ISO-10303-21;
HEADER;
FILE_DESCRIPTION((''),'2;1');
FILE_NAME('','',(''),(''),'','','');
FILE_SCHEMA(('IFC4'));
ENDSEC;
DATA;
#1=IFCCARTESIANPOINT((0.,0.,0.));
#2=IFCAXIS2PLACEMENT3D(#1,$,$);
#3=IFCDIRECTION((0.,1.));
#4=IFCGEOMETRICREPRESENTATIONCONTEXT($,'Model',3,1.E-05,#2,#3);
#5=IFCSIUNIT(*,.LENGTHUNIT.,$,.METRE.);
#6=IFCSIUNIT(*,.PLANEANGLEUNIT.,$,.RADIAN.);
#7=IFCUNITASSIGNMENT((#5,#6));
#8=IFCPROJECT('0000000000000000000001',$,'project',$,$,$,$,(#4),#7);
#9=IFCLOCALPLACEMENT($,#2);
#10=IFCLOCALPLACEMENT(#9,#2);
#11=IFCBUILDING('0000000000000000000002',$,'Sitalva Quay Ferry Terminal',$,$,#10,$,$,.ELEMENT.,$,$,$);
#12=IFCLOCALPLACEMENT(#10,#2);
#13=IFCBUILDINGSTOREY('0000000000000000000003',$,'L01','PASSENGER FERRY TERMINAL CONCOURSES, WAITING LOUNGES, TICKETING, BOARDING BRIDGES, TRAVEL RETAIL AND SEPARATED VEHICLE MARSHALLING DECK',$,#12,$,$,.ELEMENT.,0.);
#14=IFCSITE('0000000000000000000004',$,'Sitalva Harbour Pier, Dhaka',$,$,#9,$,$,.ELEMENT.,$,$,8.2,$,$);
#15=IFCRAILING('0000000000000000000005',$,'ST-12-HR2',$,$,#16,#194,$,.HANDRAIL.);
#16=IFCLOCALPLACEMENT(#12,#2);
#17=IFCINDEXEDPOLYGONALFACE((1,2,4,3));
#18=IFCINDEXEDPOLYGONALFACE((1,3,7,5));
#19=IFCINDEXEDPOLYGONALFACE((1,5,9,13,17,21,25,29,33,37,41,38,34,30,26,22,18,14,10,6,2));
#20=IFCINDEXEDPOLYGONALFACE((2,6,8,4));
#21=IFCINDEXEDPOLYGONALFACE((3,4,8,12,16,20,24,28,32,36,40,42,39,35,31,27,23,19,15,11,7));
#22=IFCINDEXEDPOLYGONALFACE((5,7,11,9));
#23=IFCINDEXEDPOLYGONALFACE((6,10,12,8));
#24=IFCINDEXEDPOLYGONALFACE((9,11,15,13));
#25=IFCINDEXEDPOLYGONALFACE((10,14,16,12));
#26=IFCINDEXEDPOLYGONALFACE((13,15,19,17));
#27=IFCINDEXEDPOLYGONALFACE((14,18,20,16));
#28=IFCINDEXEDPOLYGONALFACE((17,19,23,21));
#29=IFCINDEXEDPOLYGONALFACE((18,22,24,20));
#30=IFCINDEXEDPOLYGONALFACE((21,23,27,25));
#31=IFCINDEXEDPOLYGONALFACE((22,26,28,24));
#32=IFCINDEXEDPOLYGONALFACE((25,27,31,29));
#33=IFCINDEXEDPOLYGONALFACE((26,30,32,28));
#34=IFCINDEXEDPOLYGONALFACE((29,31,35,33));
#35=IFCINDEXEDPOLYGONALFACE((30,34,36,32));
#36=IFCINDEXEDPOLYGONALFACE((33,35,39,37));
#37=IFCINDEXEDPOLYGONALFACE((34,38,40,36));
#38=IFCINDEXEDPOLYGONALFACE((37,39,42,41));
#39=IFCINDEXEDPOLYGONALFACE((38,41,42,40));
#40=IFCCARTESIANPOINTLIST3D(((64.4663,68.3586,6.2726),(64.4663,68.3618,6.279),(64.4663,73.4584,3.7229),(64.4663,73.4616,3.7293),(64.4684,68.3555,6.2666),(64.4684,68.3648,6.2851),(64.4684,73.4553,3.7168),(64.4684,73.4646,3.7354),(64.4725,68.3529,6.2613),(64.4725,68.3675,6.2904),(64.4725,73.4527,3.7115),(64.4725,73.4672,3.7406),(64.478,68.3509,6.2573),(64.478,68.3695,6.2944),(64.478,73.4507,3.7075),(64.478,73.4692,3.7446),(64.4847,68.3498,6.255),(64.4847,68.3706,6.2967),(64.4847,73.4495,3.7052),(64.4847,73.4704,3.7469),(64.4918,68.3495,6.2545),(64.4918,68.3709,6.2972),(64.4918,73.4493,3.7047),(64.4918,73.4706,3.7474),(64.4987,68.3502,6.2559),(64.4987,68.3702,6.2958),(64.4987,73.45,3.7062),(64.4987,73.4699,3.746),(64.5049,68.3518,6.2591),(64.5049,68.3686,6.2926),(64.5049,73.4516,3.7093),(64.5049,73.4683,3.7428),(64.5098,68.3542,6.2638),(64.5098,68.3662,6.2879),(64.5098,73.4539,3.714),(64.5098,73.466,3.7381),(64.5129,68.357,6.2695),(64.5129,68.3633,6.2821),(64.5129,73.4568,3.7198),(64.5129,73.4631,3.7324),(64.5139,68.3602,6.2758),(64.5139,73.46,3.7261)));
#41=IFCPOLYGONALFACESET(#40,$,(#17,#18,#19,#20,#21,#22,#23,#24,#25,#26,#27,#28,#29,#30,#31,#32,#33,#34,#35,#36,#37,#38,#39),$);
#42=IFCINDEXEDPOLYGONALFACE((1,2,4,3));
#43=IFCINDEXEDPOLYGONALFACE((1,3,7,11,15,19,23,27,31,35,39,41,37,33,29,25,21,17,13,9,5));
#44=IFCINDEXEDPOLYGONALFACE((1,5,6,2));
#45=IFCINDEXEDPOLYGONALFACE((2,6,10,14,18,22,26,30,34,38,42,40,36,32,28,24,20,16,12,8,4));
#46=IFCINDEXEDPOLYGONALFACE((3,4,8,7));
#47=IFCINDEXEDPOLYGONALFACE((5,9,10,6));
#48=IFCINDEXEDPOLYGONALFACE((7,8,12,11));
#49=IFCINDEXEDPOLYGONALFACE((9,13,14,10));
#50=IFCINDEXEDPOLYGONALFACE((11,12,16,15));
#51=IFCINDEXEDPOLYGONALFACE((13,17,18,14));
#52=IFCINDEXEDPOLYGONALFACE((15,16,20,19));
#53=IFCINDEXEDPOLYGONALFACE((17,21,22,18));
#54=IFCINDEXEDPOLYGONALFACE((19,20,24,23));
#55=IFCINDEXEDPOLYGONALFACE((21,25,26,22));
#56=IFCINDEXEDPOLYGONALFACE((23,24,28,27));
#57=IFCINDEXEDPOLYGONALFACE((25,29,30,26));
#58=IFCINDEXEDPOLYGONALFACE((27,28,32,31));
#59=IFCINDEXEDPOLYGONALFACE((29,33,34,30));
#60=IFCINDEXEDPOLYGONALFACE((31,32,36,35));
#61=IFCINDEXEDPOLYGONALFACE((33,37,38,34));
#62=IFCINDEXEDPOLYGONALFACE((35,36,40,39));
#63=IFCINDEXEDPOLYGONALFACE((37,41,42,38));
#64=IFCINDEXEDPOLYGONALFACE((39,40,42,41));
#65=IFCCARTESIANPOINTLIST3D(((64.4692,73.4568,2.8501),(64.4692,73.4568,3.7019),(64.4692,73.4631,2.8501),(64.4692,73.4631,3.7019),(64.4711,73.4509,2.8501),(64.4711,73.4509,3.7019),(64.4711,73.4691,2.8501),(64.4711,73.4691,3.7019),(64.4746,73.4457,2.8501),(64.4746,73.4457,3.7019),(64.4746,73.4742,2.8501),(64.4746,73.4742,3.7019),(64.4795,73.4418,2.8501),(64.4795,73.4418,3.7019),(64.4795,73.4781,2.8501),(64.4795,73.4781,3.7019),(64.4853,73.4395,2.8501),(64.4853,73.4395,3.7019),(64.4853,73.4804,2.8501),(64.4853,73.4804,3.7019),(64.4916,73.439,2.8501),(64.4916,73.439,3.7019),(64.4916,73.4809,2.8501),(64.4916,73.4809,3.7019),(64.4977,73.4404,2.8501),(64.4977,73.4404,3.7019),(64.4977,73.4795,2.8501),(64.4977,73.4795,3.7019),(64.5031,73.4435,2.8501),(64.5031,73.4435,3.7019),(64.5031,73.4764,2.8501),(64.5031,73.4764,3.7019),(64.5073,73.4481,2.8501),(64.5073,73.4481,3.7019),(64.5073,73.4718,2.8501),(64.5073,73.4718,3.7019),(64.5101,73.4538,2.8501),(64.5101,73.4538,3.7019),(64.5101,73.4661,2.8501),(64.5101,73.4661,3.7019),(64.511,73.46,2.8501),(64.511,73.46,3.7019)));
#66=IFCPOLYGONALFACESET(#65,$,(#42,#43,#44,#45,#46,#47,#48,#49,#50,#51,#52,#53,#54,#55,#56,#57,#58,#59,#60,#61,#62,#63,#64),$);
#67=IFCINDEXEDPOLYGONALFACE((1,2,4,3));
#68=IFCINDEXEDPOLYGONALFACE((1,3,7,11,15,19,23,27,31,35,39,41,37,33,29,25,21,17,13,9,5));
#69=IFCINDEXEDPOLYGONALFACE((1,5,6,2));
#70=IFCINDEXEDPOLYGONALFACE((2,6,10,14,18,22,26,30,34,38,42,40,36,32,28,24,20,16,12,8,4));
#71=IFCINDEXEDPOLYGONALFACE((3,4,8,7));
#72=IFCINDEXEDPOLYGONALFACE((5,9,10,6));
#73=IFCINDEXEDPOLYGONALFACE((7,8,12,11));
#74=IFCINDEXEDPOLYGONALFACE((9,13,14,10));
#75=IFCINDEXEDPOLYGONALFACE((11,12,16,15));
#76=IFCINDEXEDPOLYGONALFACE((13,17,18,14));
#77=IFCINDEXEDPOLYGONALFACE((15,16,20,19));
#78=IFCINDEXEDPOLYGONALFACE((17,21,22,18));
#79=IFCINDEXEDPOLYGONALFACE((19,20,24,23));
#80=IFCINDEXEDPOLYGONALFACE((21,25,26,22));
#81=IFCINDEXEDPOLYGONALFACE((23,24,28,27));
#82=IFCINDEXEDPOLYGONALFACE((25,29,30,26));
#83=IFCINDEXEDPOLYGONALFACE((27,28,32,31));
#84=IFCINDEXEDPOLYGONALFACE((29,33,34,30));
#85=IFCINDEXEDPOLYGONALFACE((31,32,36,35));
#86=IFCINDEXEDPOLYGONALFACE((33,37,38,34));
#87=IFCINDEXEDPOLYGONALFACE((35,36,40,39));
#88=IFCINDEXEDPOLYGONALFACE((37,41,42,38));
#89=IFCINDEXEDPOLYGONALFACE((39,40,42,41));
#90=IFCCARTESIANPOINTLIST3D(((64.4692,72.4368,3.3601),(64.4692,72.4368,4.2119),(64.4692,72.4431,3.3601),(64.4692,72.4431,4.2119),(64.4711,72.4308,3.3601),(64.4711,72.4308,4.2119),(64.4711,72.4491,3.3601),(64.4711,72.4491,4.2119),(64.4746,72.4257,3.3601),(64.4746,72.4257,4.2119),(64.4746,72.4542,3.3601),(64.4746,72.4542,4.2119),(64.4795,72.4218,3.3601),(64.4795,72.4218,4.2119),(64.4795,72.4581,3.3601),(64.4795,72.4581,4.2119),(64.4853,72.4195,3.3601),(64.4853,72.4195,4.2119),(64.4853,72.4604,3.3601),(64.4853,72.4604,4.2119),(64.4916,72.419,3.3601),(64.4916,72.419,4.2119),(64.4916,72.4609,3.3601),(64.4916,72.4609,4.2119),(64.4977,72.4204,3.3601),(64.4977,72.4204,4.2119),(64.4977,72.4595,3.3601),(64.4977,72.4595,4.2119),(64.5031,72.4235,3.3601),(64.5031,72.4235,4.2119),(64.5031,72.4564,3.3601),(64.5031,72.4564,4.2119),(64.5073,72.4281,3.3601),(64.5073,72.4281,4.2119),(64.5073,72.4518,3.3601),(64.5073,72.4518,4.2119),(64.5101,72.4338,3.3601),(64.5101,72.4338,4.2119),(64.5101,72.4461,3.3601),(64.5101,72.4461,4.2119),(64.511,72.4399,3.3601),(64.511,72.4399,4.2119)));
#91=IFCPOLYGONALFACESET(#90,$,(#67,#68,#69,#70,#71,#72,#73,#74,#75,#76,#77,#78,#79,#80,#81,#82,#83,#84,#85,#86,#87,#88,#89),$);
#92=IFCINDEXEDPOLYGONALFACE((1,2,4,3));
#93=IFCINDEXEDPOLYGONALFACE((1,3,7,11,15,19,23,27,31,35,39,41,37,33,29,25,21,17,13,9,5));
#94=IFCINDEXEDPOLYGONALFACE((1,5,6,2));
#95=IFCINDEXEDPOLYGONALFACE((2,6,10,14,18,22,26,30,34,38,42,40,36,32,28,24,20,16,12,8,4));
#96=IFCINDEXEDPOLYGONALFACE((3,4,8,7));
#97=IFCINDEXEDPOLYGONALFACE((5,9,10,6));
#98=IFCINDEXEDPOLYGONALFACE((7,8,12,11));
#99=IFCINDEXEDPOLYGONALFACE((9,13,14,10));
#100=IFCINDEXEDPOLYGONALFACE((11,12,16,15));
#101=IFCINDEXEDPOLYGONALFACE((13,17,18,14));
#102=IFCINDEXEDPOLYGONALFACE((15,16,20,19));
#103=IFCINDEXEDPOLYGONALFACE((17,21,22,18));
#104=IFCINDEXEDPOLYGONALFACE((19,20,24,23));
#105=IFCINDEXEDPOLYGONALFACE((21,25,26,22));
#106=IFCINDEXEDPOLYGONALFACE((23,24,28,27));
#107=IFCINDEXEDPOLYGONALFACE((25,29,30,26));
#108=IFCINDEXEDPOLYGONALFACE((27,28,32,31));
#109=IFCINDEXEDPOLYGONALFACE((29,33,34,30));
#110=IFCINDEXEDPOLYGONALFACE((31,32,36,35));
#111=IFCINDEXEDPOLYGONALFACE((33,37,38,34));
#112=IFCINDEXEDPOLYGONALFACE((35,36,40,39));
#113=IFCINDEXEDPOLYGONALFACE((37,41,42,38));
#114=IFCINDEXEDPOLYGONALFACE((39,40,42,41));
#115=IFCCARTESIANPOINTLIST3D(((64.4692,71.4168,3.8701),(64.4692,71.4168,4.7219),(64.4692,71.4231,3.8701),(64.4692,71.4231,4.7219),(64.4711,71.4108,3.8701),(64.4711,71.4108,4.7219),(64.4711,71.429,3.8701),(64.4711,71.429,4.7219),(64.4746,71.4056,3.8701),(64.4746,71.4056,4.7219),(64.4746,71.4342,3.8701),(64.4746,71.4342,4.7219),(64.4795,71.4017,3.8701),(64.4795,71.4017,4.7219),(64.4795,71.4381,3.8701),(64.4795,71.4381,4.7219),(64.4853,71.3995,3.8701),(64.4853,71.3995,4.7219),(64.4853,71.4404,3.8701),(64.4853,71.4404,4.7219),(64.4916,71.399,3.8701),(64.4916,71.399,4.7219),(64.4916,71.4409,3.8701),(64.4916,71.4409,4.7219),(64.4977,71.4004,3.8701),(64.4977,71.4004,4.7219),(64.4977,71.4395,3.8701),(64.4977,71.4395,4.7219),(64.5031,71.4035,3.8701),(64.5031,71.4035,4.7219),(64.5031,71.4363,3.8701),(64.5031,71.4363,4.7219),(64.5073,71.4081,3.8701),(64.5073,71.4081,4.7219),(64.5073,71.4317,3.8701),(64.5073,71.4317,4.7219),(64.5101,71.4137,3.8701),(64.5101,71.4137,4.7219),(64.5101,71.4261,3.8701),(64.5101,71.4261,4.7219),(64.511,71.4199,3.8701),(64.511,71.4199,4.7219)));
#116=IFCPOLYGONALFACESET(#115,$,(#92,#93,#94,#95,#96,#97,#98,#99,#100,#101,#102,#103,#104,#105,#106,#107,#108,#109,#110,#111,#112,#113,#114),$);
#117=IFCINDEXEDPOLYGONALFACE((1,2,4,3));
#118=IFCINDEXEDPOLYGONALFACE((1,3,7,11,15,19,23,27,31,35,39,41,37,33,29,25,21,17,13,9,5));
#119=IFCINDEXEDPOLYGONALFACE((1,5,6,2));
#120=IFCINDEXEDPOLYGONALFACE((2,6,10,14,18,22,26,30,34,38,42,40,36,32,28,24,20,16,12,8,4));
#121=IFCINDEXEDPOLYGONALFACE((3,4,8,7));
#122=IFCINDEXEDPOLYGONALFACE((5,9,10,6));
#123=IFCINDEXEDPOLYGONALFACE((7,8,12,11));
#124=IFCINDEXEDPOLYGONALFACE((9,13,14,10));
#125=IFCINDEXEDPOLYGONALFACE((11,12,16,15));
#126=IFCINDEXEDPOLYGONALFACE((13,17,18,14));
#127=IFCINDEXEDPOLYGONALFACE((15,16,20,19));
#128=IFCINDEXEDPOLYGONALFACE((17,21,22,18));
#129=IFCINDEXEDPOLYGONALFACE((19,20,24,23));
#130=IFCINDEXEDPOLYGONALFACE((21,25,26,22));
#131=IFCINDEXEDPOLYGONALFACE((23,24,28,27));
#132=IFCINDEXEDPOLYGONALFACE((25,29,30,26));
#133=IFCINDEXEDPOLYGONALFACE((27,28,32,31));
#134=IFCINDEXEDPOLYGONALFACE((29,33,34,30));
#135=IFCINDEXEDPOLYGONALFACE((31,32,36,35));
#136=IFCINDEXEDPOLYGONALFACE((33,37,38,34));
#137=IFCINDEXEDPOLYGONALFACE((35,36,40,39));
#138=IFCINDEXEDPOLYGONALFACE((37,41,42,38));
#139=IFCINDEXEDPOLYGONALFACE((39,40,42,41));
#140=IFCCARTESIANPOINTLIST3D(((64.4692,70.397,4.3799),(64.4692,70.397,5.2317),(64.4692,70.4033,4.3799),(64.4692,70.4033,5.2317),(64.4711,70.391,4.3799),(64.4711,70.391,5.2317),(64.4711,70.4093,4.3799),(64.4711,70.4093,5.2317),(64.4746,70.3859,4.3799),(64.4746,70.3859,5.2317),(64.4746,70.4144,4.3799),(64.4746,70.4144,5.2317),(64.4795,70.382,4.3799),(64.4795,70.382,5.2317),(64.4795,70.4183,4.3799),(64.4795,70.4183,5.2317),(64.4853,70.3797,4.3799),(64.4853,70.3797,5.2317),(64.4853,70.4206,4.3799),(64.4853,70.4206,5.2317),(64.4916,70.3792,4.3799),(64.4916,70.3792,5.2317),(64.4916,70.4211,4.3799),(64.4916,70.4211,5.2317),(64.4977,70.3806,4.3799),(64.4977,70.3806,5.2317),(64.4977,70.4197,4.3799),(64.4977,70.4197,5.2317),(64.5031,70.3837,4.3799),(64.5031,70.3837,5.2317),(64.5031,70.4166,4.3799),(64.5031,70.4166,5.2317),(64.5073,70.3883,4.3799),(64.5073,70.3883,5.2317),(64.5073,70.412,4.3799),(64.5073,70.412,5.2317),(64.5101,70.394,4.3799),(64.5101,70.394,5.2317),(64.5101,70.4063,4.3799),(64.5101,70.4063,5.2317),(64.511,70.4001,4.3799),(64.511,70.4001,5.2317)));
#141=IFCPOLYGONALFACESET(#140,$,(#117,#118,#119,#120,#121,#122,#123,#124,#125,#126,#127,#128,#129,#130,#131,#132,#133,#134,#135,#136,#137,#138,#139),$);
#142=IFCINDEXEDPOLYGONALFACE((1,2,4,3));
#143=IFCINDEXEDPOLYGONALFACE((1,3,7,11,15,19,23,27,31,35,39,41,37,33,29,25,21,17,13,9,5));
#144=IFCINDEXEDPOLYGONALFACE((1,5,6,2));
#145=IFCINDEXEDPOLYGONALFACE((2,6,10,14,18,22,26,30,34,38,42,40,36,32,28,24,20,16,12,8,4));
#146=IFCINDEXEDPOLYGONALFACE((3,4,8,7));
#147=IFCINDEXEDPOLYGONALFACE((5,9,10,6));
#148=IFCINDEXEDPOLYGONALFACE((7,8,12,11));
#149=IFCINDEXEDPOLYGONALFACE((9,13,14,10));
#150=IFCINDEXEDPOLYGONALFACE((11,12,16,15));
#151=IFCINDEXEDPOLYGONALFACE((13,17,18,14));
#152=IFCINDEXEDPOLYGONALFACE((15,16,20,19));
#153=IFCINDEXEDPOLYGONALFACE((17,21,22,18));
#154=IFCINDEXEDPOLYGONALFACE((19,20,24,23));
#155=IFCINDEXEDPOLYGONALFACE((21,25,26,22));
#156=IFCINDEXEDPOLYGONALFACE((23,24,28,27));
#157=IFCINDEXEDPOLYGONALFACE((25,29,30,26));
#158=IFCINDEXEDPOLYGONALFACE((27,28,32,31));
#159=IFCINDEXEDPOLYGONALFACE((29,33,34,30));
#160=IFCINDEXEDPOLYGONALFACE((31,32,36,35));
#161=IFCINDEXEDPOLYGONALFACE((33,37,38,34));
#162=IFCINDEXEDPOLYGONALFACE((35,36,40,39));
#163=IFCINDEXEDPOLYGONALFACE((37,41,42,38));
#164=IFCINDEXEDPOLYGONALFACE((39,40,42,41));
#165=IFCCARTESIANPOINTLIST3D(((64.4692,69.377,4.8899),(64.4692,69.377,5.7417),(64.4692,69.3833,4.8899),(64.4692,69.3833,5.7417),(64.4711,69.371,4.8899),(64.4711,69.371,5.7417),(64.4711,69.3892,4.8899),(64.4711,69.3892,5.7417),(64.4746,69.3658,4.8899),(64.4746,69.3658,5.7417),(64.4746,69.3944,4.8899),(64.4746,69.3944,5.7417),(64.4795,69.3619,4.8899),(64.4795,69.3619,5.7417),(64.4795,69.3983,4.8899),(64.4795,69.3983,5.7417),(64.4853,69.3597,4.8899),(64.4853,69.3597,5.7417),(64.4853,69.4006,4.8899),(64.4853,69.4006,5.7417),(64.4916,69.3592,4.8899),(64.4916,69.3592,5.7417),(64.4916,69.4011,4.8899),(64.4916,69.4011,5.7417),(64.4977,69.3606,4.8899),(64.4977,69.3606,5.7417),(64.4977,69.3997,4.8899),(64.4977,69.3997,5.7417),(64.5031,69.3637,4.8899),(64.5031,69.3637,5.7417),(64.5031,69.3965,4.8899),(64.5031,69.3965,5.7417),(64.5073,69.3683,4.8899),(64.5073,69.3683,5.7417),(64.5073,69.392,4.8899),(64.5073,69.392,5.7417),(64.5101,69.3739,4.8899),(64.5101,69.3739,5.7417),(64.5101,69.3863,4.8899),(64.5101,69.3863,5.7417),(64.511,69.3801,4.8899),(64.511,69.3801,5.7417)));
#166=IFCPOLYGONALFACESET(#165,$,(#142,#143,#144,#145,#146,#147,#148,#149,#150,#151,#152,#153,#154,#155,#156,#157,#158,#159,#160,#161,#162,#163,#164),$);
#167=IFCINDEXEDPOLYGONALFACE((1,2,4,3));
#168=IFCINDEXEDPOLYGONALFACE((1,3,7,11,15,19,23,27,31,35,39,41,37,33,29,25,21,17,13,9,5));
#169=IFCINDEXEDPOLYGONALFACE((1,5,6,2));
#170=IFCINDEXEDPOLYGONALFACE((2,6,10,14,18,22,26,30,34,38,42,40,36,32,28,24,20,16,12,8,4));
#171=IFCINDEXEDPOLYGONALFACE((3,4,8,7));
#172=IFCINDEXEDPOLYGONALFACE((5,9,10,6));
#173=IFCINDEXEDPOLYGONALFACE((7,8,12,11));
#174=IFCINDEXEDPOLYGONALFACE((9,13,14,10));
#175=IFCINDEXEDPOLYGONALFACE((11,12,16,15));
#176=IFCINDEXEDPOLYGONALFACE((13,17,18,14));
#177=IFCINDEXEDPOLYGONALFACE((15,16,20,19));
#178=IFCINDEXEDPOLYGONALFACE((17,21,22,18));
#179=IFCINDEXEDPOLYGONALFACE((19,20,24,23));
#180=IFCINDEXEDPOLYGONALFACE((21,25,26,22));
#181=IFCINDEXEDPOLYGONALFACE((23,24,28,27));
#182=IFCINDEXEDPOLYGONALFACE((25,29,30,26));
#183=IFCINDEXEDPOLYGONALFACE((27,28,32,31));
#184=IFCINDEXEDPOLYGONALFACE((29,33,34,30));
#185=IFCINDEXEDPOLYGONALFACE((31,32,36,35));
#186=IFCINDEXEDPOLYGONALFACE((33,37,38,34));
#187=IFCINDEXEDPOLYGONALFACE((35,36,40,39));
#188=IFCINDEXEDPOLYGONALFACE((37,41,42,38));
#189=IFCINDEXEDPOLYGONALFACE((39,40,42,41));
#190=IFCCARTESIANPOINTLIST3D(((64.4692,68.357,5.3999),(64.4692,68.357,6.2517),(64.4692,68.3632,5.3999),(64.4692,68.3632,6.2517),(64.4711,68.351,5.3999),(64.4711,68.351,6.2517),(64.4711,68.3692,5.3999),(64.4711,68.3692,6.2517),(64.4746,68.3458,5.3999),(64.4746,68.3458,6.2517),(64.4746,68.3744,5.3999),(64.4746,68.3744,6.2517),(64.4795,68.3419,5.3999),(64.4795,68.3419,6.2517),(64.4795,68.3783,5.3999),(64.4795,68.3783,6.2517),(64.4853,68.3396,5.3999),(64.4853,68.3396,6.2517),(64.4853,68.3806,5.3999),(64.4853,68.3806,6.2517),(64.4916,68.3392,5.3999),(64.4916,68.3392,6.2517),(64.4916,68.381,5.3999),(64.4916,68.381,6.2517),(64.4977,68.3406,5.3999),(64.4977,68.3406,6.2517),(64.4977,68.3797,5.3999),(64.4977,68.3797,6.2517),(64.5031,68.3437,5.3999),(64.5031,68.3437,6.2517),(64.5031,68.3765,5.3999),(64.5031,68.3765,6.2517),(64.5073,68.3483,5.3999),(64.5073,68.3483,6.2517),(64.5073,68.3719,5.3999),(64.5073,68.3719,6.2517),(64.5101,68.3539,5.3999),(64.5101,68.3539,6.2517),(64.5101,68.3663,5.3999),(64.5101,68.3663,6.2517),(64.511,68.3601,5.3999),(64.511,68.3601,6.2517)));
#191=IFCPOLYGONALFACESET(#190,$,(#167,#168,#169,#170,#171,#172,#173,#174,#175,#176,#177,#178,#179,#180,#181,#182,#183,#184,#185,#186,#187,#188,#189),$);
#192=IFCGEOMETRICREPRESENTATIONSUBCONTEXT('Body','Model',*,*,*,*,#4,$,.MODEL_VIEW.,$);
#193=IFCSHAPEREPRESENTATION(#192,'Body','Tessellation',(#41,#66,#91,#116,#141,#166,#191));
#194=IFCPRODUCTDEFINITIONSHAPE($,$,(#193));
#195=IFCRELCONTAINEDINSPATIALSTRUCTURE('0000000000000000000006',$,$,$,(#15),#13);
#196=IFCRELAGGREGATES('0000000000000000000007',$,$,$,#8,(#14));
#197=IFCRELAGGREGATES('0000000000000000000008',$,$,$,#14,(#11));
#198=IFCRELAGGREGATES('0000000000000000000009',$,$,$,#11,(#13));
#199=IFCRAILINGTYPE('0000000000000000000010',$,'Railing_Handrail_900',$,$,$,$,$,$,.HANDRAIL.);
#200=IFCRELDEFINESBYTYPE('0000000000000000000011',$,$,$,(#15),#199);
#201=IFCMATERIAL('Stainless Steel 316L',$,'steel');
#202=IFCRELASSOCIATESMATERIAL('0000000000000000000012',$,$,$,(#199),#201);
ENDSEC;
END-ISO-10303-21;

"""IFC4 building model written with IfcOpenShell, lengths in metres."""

from ifc_helpers import new_model, si_unit, direction, frame, origin, origin_2d, place, context, subcontext, project, spatial, circle, extrude, material, type_object, element, save


model = new_model("IFC4")

# Units and contexts
model_context = context("Model", 3, precision=1e-05, world=origin(), true_north=direction((0.0, 1.0)))
body_context = subcontext(model_context, "Body", "Model", "MODEL_VIEW")
ifc_project = project(units=[si_unit("LENGTHUNIT", "METRE"), si_unit("PLANEANGLEUNIT", "RADIAN")], contexts=[model_context])

# Site, building, storey
site_placement = place(None, origin())
site = spatial("IfcSite", under=ifc_project, at=site_placement, Name="Sitalva Harbour Pier, Dhaka", CompositionType="ELEMENT", RefElevation=8.2)
building_placement = place(site_placement, origin())
building = spatial("IfcBuilding", under=site, at=building_placement, Name="Sitalva Quay Ferry Terminal", CompositionType="ELEMENT")
storey_placement = place(building_placement, origin())
storey = spatial("IfcBuildingStorey", under=building, at=storey_placement, Name="L01", Description="PASSENGER FERRY TERMINAL CONCOURSES, WAITING LOUNGES, TICKETING, BOARDING BRIDGES, TRAVEL RETAIL AND SEPARATED VEHICLE MARSHALLING DECK", CompositionType="ELEMENT", Elevation=0.0)

# Railing
ifc_material_1 = material(Name="Stainless Steel 316L", Category="steel")
railing_type_1 = type_object("IfcRailingType", Name="Railing_Handrail_900", PredefinedType="HANDRAIL", material=ifc_material_1)
railing_1_placement = place(storey_placement, frame((64.49, 73.46, 2.8501)))
element("IfcRailing", 1, at=railing_1_placement, inside=storey, type_object=railing_type_1, Name="ST-12-HR2", PredefinedType="HANDRAIL", context=body_context, shape_type="SweptSolid", body=[
    extrude(circle(Radius=0.0239, at=origin_2d()), frame((0.0, 0.0, 0.876), z_axis=(0.0, -0.894436, 0.447196), x_axis=(1.0, 0.0, 0.0)), (0.0, 0.0, 1.0), 5.7017),
    extrude(circle(Radius=0.021, at=origin_2d()), origin(), (0.0, 0.0, 1.0), 0.8518),
    extrude(circle(Radius=0.021, at=origin_2d()), frame((0.0, -1.02, 0.51)), (0.0, 0.0, 1.0), 0.8518),
    extrude(circle(Radius=0.021, at=origin_2d()), frame((0.0, -2.04, 1.02)), (0.0, 0.0, 1.0), 0.8518),
    extrude(circle(Radius=0.021, at=origin_2d()), frame((0.0, -3.0598, 1.5298)), (0.0, 0.0, 1.0), 0.8518),
    extrude(circle(Radius=0.021, at=origin_2d()), frame((0.0, -4.0798, 2.0398)), (0.0, 0.0, 1.0), 0.8518),
    extrude(circle(Radius=0.021, at=origin_2d()), frame((0.0, -5.0999, 2.5498)), (0.0, 0.0, 1.0), 0.8518),
])

save(model, "model.ifc")
